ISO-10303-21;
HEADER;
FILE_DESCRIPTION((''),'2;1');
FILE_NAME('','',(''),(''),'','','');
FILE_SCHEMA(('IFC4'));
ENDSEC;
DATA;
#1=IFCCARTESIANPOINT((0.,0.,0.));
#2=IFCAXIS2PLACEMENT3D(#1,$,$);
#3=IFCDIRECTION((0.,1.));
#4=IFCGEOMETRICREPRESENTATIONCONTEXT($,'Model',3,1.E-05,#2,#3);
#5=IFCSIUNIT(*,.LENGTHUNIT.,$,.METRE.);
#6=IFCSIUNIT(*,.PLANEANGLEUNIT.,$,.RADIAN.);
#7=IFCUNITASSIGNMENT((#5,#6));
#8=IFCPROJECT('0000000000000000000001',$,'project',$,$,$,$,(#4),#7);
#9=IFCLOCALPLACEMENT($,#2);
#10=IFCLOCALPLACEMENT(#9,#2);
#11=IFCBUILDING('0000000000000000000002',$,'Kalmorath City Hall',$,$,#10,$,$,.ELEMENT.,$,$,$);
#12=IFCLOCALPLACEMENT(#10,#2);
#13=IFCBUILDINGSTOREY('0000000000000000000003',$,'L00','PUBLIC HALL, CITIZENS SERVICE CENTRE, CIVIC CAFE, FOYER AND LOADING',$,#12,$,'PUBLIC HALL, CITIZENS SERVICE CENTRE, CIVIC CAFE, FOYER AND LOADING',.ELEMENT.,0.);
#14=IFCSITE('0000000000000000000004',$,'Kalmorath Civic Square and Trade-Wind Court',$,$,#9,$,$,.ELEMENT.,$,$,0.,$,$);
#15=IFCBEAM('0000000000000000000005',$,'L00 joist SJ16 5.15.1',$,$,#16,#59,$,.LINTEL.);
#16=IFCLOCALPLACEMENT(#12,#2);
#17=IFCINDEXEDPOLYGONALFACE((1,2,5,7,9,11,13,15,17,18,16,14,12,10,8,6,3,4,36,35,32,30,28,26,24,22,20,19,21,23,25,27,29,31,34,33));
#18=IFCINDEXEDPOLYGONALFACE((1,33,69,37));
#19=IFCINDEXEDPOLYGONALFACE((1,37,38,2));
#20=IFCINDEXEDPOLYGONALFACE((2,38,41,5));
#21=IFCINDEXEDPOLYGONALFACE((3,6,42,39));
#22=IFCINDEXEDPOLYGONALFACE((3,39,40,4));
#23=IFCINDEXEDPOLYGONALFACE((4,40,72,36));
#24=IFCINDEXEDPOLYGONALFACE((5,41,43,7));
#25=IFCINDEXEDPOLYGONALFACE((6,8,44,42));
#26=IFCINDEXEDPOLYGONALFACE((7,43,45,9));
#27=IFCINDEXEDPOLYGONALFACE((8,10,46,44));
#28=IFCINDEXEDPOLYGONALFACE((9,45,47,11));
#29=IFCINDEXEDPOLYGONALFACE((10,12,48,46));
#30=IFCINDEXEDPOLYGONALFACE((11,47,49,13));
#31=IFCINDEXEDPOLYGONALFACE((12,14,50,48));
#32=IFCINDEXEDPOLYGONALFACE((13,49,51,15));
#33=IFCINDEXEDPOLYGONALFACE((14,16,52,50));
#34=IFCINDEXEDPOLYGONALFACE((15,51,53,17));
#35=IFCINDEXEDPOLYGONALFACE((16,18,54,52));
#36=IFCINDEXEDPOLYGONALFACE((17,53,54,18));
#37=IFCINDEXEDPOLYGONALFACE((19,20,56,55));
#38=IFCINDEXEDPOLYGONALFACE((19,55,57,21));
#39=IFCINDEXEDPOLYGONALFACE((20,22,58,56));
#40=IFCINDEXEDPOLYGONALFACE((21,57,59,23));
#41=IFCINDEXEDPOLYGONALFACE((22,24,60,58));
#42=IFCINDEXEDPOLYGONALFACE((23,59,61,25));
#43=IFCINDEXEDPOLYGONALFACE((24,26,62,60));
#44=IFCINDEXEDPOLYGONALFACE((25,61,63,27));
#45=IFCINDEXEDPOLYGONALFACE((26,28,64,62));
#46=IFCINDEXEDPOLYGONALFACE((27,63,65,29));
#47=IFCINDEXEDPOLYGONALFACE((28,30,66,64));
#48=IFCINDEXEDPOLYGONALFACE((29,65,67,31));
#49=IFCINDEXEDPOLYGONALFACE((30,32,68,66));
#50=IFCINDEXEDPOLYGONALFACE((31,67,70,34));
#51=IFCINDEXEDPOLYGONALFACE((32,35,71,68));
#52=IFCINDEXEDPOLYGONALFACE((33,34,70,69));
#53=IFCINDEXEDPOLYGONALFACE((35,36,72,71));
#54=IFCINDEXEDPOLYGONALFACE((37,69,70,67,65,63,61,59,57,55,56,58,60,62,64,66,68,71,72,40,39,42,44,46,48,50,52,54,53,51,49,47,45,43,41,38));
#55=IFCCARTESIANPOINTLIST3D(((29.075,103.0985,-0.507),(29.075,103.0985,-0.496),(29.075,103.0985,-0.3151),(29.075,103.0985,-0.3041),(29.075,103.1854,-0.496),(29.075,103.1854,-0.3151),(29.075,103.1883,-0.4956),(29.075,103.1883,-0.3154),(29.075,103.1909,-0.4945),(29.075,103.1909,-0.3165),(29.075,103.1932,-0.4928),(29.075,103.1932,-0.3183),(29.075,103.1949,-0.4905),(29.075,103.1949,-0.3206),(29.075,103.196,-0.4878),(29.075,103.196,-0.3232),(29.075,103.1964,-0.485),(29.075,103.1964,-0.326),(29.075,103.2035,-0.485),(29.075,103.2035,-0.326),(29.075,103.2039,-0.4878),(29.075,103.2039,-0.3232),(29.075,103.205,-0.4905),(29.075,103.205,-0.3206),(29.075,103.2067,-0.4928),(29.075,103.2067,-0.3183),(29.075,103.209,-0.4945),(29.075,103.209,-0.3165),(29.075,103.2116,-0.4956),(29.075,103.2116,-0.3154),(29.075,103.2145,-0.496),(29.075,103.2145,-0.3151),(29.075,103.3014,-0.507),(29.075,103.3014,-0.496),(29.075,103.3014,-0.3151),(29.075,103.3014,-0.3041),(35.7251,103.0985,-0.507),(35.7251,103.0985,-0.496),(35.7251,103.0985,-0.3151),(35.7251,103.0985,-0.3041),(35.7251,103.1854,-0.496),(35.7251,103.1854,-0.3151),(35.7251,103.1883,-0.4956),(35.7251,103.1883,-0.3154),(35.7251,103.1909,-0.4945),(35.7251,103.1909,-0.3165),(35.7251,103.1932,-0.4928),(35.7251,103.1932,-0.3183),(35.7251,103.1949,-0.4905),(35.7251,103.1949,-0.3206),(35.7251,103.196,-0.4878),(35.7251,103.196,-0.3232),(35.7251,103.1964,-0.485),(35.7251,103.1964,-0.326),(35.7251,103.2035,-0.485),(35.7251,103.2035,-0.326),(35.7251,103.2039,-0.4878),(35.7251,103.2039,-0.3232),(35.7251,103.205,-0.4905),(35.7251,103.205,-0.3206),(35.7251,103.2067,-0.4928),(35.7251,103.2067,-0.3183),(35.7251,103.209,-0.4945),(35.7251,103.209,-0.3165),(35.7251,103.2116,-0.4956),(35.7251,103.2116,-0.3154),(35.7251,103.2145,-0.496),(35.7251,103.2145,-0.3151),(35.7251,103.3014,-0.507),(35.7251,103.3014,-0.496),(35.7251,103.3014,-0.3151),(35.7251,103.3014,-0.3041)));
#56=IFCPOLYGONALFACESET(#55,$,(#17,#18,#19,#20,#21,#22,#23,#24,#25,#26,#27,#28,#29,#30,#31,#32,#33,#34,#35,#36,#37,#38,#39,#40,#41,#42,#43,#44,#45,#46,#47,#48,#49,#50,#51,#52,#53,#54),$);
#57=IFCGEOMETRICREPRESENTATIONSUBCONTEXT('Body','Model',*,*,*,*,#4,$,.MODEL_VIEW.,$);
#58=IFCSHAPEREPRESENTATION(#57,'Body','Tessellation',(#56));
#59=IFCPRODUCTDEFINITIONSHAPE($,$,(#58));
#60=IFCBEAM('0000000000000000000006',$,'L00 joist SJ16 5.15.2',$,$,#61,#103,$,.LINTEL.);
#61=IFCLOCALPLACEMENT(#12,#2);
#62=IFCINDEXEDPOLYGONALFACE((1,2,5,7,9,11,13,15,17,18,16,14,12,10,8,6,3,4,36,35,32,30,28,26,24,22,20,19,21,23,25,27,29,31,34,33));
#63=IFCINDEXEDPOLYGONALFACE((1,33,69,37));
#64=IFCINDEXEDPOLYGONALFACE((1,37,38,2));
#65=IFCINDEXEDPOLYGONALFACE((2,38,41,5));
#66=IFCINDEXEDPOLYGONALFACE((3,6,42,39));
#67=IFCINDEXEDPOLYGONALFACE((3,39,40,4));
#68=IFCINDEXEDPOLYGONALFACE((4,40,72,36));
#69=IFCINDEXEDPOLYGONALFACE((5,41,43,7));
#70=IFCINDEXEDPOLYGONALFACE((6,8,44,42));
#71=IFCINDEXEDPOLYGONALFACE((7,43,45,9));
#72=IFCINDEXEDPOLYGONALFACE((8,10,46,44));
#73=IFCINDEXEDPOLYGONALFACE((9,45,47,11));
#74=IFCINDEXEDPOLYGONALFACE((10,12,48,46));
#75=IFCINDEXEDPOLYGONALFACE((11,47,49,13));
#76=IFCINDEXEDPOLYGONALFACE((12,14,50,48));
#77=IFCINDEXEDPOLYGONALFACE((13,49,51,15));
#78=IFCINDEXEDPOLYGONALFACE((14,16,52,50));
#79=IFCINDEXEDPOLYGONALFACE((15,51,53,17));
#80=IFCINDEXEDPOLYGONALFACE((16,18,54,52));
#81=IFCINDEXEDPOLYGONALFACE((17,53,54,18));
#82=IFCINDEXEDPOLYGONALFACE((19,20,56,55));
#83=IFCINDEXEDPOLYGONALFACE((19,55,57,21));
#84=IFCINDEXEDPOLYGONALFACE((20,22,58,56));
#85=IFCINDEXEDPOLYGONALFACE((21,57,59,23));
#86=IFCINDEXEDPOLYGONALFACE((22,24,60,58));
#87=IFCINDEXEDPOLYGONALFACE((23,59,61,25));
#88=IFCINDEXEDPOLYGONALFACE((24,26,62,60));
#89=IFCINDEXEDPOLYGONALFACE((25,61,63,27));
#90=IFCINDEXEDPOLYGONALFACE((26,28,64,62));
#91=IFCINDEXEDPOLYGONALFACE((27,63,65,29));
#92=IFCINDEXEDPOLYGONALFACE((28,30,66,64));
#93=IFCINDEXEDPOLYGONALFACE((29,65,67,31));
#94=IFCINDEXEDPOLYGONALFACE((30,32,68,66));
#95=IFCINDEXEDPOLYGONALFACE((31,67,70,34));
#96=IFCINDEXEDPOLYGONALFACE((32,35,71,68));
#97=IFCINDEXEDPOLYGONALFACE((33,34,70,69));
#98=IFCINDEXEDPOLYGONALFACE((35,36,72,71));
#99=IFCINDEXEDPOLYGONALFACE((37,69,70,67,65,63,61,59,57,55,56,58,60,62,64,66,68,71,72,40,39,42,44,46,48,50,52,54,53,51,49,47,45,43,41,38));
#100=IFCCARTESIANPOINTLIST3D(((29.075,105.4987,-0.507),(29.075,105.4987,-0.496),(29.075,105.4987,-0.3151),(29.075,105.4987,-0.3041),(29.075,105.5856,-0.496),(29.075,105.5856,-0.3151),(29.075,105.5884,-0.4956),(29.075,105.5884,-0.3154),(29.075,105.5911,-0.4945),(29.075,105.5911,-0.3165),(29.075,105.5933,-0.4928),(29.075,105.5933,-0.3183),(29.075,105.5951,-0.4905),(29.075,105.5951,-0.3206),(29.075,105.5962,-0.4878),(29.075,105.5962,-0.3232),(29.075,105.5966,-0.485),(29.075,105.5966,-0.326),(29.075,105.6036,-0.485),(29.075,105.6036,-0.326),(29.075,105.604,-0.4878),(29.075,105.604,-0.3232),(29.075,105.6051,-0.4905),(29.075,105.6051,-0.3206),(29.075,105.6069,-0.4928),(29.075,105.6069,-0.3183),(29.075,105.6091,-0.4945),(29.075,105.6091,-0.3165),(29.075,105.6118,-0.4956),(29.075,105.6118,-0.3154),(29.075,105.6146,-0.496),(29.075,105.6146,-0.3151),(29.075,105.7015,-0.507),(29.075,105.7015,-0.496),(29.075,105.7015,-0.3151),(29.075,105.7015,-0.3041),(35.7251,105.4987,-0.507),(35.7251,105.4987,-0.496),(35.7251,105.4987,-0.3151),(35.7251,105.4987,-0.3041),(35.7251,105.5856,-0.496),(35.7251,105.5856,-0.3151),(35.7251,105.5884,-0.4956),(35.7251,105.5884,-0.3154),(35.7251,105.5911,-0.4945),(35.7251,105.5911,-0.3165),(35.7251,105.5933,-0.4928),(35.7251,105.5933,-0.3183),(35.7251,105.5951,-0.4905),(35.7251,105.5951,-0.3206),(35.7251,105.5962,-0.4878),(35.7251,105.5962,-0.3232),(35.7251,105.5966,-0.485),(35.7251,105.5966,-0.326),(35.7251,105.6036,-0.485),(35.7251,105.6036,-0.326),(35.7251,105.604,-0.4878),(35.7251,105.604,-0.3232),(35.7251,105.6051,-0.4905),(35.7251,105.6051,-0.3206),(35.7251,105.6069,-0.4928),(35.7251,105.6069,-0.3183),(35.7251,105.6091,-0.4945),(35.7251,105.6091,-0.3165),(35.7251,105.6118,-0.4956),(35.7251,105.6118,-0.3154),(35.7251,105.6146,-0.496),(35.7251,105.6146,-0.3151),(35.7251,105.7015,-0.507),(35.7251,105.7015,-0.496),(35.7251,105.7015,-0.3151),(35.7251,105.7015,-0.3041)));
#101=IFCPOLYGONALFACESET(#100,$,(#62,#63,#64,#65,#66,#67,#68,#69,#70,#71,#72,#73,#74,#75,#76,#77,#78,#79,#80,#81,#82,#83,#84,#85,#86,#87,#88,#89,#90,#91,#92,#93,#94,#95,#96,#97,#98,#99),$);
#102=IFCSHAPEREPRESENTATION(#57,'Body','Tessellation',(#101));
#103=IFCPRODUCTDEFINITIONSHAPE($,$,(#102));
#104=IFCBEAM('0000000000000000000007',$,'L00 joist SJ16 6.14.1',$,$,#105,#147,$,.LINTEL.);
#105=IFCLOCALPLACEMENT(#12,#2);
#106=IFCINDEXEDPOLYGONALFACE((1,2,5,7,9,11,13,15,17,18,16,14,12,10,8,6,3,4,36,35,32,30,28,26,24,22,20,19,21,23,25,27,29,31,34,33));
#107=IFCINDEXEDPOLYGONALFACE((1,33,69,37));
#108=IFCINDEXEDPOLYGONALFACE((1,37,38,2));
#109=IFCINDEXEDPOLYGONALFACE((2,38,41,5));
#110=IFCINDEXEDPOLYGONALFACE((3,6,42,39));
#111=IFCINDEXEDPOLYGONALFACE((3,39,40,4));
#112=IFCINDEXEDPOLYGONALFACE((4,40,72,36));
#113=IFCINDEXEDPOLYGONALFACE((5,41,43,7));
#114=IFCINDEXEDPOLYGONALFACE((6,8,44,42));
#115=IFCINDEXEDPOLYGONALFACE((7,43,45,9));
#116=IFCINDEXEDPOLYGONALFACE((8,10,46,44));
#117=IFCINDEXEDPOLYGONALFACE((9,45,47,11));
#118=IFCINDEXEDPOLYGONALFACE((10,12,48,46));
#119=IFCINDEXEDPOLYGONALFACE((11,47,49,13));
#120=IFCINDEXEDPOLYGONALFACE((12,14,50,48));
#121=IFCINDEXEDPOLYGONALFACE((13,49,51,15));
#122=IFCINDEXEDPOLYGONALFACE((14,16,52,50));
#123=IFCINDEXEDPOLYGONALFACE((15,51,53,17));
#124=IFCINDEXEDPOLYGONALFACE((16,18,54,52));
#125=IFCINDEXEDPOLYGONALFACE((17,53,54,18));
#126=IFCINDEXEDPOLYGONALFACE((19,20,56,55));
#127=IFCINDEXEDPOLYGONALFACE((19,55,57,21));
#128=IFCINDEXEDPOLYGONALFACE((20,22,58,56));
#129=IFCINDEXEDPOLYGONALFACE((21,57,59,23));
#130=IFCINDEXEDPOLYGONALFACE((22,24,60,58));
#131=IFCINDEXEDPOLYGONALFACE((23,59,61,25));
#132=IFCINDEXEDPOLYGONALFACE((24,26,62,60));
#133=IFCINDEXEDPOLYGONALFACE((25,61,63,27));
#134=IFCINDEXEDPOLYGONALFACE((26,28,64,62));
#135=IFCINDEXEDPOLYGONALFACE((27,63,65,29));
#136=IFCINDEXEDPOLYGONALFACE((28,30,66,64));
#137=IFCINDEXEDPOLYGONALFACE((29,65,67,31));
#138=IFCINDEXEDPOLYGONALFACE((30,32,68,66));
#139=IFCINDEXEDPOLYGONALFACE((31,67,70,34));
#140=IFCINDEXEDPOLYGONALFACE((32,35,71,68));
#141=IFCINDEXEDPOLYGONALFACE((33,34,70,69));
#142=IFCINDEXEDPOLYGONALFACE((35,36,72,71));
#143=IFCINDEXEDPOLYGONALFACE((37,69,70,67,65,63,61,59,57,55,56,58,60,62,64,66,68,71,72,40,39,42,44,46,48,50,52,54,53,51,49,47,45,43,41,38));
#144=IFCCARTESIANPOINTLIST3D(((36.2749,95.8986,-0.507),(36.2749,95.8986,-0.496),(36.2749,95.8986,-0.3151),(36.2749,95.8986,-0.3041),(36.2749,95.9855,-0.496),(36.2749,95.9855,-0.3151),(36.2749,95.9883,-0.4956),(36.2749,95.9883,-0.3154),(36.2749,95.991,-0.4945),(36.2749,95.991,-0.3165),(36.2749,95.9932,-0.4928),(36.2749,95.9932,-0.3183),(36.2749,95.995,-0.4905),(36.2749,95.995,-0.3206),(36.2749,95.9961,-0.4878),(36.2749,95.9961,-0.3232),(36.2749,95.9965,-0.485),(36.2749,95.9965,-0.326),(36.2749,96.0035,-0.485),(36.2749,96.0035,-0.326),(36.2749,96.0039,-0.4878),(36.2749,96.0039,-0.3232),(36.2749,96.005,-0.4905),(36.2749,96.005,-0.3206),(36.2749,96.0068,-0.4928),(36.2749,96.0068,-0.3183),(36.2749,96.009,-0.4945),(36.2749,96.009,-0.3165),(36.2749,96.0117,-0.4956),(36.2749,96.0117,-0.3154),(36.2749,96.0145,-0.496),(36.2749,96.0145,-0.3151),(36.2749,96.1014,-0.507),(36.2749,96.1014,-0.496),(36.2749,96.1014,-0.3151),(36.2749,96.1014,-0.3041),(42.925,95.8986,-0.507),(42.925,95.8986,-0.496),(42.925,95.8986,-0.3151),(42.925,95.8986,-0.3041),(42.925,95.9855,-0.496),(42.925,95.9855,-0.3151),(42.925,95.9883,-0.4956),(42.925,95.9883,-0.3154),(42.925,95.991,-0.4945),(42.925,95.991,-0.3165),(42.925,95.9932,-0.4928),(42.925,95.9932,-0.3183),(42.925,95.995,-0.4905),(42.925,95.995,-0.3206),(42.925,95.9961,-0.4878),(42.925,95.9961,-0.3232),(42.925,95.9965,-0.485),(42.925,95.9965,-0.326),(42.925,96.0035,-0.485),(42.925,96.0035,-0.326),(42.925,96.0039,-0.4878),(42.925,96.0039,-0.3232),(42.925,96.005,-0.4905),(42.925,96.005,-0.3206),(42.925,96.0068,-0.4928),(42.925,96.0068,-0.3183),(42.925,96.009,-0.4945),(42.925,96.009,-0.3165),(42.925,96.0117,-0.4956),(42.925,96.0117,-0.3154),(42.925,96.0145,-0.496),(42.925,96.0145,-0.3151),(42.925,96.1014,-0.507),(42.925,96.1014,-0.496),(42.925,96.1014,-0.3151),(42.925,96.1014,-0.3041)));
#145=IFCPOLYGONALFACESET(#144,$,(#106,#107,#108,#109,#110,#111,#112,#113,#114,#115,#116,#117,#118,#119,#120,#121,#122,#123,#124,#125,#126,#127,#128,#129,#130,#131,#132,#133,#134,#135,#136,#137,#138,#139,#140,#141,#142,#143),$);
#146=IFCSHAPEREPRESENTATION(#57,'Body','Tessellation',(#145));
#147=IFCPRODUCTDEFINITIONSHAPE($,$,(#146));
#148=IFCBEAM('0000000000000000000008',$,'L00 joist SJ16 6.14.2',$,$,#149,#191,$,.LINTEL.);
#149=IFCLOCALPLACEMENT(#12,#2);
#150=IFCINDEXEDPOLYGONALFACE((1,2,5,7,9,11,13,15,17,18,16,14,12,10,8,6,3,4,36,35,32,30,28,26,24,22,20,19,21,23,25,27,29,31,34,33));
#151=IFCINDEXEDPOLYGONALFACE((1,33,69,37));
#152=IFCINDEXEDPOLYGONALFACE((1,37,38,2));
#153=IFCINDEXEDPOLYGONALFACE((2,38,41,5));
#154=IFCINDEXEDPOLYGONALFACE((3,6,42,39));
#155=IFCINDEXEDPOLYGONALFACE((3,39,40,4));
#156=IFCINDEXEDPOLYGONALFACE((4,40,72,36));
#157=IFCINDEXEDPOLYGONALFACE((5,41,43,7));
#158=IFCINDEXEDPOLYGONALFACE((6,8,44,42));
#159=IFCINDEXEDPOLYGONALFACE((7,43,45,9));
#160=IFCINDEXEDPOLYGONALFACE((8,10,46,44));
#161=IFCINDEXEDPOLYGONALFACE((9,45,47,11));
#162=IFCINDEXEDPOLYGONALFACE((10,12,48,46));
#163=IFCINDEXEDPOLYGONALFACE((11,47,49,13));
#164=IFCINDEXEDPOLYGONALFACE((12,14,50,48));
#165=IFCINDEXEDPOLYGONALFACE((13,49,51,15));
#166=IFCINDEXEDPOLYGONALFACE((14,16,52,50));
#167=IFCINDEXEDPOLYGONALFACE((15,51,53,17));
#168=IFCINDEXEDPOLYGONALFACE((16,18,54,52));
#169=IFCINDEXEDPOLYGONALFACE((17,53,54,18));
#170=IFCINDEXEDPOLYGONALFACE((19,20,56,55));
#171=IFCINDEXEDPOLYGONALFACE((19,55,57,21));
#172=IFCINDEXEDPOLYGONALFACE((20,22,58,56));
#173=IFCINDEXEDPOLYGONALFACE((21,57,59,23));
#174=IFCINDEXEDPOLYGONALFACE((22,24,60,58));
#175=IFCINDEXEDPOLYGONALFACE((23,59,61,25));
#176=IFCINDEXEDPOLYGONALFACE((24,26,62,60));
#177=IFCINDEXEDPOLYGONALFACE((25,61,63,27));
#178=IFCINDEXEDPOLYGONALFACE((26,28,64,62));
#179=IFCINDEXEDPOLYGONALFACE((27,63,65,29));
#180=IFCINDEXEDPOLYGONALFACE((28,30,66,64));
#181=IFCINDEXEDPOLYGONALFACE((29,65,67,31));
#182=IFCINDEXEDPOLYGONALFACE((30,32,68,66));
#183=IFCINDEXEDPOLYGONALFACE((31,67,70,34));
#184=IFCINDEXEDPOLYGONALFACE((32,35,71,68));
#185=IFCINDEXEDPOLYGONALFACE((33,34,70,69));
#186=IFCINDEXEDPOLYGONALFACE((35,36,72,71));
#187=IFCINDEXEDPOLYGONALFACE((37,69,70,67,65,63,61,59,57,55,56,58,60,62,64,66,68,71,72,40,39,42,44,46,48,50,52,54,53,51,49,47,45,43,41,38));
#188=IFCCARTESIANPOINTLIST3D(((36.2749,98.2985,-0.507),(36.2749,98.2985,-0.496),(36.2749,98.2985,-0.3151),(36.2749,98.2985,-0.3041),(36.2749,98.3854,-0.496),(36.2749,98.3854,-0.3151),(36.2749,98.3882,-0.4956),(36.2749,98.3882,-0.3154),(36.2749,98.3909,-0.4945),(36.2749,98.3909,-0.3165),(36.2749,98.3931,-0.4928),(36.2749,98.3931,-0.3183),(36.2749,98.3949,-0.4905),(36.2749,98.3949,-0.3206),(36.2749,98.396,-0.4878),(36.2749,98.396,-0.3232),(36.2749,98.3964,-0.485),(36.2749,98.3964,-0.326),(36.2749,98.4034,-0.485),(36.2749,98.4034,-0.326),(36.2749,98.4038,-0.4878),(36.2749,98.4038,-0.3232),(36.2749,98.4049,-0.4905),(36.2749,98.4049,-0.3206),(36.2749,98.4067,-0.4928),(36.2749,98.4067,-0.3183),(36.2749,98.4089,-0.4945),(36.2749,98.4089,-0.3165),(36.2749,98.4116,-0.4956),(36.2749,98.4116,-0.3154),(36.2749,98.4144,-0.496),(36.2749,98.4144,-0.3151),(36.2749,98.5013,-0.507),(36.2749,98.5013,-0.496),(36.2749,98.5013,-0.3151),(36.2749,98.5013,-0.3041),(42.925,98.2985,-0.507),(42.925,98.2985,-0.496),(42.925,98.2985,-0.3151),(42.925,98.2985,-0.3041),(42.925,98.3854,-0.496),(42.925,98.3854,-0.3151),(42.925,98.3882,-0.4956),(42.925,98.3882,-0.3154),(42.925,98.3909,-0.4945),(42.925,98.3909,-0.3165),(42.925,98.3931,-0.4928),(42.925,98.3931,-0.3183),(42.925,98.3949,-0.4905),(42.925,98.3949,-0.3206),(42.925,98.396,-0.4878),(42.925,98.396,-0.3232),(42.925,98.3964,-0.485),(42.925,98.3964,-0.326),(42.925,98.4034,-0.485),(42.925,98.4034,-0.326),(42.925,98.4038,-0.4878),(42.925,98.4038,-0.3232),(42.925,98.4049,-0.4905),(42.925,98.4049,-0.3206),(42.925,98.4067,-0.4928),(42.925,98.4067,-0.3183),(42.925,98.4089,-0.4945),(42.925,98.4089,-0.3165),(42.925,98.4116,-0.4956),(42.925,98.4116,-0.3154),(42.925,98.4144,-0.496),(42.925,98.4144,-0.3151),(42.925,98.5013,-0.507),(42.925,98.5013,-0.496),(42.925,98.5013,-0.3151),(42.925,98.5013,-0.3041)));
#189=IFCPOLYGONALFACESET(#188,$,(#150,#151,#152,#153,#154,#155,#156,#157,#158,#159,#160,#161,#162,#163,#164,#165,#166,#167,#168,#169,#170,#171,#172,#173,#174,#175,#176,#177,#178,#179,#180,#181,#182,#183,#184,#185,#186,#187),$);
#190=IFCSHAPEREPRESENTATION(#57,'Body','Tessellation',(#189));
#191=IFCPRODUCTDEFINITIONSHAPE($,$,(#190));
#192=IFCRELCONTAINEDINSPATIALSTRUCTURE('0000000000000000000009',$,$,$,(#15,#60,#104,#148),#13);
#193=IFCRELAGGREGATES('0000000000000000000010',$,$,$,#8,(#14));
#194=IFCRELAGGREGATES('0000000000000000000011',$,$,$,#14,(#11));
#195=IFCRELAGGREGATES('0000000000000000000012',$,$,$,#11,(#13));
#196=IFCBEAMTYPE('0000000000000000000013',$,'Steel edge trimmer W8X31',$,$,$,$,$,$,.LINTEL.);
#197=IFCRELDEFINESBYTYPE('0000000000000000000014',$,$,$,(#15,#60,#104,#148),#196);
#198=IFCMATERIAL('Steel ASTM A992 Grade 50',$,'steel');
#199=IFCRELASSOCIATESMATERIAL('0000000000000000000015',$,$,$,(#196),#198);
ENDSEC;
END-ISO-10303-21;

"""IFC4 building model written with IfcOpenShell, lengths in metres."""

from ifc_helpers import new_model, si_unit, direction, frame, origin, origin_2d, place, context, subcontext, project, spatial, i_section, extrude, material, material_profile, profile_set, type_object, element, save


model = new_model("IFC4")

# Units and contexts
model_context = context("Model", 3, precision=1e-05, world=origin(), true_north=direction((0.0, 1.0)))
body_context = subcontext(model_context, "Body", "Model", "MODEL_VIEW")
ifc_project = project(units=[si_unit("LENGTHUNIT", "METRE"), si_unit("PLANEANGLEUNIT", "RADIAN")], contexts=[model_context])

# Site, building, storey
site_placement = place(None, origin())
site = spatial("IfcSite", under=ifc_project, at=site_placement, Name="Kalmorath Civic Square and Trade-Wind Court", CompositionType="ELEMENT", RefElevation=0.0)
building_placement = place(site_placement, origin())
building = spatial("IfcBuilding", under=site, at=building_placement, Name="Kalmorath City Hall", CompositionType="ELEMENT")
storey_placement = place(building_placement, origin())
storey = spatial("IfcBuildingStorey", under=building, at=storey_placement, Name="L00", Description="PUBLIC HALL, CITIZENS SERVICE CENTRE, CIVIC CAFE, FOYER AND LOADING", LongName="PUBLIC HALL, CITIZENS SERVICE CENTRE, CIVIC CAFE, FOYER AND LOADING", CompositionType="ELEMENT", Elevation=0.0)

# Beams
ifc_material_1 = material(Name="Steel ASTM A992 Grade 50", Category="steel")
ifc_material_profile_1 = material_profile(ifc_material_1, i_section(OverallWidth=0.2029, OverallDepth=0.2029, WebThickness=0.0071, FlangeThickness=0.011, FilletRadius=0.011, at=origin_2d()), Name="W8X31")
ifc_profile_set_1 = profile_set([ifc_material_profile_1], Name="Steel ASTM A992 Grade 50")
beam_type_1 = type_object("IfcBeamType", Name="Steel edge trimmer W8X31", PredefinedType="LINTEL", material=ifc_profile_set_1)
for number, where, z_axis, x_axis, name in (
    (1, (29.075, 103.2, -0.4055), (1.0, 0.0, 0.0), (0.0, 1.0, 0.0), "L00 joist SJ16 5.15.1"),
    (2, (29.075, 105.6001, -0.4055), (1.0, 0.0, 0.0), (0.0, 1.0, 0.0), "L00 joist SJ16 5.15.2"),
    (3, (36.2749, 96.0, -0.4055), (1.0, 0.0, 0.0), (0.0, 1.0, 0.0), "L00 joist SJ16 6.14.1"),
    (4, (36.2749, 98.3999, -0.4055), (1.0, 0.0, 0.0), (0.0, 1.0, 0.0), "L00 joist SJ16 6.14.2"),
):
    element("IfcBeam", number, at=place(storey_placement, frame(where, z_axis=z_axis, x_axis=x_axis)), inside=storey, type_object=beam_type_1, Name=name, PredefinedType="LINTEL", context=body_context, shape_type="SweptSolid", body=[
        extrude(i_section(OverallWidth=0.2029, OverallDepth=0.2029, WebThickness=0.0071, FlangeThickness=0.011, FilletRadius=0.011, at=origin_2d()), origin(), (0.0, 0.0, 1.0), 6.6501),
    ])

save(model, "model.ifc")
